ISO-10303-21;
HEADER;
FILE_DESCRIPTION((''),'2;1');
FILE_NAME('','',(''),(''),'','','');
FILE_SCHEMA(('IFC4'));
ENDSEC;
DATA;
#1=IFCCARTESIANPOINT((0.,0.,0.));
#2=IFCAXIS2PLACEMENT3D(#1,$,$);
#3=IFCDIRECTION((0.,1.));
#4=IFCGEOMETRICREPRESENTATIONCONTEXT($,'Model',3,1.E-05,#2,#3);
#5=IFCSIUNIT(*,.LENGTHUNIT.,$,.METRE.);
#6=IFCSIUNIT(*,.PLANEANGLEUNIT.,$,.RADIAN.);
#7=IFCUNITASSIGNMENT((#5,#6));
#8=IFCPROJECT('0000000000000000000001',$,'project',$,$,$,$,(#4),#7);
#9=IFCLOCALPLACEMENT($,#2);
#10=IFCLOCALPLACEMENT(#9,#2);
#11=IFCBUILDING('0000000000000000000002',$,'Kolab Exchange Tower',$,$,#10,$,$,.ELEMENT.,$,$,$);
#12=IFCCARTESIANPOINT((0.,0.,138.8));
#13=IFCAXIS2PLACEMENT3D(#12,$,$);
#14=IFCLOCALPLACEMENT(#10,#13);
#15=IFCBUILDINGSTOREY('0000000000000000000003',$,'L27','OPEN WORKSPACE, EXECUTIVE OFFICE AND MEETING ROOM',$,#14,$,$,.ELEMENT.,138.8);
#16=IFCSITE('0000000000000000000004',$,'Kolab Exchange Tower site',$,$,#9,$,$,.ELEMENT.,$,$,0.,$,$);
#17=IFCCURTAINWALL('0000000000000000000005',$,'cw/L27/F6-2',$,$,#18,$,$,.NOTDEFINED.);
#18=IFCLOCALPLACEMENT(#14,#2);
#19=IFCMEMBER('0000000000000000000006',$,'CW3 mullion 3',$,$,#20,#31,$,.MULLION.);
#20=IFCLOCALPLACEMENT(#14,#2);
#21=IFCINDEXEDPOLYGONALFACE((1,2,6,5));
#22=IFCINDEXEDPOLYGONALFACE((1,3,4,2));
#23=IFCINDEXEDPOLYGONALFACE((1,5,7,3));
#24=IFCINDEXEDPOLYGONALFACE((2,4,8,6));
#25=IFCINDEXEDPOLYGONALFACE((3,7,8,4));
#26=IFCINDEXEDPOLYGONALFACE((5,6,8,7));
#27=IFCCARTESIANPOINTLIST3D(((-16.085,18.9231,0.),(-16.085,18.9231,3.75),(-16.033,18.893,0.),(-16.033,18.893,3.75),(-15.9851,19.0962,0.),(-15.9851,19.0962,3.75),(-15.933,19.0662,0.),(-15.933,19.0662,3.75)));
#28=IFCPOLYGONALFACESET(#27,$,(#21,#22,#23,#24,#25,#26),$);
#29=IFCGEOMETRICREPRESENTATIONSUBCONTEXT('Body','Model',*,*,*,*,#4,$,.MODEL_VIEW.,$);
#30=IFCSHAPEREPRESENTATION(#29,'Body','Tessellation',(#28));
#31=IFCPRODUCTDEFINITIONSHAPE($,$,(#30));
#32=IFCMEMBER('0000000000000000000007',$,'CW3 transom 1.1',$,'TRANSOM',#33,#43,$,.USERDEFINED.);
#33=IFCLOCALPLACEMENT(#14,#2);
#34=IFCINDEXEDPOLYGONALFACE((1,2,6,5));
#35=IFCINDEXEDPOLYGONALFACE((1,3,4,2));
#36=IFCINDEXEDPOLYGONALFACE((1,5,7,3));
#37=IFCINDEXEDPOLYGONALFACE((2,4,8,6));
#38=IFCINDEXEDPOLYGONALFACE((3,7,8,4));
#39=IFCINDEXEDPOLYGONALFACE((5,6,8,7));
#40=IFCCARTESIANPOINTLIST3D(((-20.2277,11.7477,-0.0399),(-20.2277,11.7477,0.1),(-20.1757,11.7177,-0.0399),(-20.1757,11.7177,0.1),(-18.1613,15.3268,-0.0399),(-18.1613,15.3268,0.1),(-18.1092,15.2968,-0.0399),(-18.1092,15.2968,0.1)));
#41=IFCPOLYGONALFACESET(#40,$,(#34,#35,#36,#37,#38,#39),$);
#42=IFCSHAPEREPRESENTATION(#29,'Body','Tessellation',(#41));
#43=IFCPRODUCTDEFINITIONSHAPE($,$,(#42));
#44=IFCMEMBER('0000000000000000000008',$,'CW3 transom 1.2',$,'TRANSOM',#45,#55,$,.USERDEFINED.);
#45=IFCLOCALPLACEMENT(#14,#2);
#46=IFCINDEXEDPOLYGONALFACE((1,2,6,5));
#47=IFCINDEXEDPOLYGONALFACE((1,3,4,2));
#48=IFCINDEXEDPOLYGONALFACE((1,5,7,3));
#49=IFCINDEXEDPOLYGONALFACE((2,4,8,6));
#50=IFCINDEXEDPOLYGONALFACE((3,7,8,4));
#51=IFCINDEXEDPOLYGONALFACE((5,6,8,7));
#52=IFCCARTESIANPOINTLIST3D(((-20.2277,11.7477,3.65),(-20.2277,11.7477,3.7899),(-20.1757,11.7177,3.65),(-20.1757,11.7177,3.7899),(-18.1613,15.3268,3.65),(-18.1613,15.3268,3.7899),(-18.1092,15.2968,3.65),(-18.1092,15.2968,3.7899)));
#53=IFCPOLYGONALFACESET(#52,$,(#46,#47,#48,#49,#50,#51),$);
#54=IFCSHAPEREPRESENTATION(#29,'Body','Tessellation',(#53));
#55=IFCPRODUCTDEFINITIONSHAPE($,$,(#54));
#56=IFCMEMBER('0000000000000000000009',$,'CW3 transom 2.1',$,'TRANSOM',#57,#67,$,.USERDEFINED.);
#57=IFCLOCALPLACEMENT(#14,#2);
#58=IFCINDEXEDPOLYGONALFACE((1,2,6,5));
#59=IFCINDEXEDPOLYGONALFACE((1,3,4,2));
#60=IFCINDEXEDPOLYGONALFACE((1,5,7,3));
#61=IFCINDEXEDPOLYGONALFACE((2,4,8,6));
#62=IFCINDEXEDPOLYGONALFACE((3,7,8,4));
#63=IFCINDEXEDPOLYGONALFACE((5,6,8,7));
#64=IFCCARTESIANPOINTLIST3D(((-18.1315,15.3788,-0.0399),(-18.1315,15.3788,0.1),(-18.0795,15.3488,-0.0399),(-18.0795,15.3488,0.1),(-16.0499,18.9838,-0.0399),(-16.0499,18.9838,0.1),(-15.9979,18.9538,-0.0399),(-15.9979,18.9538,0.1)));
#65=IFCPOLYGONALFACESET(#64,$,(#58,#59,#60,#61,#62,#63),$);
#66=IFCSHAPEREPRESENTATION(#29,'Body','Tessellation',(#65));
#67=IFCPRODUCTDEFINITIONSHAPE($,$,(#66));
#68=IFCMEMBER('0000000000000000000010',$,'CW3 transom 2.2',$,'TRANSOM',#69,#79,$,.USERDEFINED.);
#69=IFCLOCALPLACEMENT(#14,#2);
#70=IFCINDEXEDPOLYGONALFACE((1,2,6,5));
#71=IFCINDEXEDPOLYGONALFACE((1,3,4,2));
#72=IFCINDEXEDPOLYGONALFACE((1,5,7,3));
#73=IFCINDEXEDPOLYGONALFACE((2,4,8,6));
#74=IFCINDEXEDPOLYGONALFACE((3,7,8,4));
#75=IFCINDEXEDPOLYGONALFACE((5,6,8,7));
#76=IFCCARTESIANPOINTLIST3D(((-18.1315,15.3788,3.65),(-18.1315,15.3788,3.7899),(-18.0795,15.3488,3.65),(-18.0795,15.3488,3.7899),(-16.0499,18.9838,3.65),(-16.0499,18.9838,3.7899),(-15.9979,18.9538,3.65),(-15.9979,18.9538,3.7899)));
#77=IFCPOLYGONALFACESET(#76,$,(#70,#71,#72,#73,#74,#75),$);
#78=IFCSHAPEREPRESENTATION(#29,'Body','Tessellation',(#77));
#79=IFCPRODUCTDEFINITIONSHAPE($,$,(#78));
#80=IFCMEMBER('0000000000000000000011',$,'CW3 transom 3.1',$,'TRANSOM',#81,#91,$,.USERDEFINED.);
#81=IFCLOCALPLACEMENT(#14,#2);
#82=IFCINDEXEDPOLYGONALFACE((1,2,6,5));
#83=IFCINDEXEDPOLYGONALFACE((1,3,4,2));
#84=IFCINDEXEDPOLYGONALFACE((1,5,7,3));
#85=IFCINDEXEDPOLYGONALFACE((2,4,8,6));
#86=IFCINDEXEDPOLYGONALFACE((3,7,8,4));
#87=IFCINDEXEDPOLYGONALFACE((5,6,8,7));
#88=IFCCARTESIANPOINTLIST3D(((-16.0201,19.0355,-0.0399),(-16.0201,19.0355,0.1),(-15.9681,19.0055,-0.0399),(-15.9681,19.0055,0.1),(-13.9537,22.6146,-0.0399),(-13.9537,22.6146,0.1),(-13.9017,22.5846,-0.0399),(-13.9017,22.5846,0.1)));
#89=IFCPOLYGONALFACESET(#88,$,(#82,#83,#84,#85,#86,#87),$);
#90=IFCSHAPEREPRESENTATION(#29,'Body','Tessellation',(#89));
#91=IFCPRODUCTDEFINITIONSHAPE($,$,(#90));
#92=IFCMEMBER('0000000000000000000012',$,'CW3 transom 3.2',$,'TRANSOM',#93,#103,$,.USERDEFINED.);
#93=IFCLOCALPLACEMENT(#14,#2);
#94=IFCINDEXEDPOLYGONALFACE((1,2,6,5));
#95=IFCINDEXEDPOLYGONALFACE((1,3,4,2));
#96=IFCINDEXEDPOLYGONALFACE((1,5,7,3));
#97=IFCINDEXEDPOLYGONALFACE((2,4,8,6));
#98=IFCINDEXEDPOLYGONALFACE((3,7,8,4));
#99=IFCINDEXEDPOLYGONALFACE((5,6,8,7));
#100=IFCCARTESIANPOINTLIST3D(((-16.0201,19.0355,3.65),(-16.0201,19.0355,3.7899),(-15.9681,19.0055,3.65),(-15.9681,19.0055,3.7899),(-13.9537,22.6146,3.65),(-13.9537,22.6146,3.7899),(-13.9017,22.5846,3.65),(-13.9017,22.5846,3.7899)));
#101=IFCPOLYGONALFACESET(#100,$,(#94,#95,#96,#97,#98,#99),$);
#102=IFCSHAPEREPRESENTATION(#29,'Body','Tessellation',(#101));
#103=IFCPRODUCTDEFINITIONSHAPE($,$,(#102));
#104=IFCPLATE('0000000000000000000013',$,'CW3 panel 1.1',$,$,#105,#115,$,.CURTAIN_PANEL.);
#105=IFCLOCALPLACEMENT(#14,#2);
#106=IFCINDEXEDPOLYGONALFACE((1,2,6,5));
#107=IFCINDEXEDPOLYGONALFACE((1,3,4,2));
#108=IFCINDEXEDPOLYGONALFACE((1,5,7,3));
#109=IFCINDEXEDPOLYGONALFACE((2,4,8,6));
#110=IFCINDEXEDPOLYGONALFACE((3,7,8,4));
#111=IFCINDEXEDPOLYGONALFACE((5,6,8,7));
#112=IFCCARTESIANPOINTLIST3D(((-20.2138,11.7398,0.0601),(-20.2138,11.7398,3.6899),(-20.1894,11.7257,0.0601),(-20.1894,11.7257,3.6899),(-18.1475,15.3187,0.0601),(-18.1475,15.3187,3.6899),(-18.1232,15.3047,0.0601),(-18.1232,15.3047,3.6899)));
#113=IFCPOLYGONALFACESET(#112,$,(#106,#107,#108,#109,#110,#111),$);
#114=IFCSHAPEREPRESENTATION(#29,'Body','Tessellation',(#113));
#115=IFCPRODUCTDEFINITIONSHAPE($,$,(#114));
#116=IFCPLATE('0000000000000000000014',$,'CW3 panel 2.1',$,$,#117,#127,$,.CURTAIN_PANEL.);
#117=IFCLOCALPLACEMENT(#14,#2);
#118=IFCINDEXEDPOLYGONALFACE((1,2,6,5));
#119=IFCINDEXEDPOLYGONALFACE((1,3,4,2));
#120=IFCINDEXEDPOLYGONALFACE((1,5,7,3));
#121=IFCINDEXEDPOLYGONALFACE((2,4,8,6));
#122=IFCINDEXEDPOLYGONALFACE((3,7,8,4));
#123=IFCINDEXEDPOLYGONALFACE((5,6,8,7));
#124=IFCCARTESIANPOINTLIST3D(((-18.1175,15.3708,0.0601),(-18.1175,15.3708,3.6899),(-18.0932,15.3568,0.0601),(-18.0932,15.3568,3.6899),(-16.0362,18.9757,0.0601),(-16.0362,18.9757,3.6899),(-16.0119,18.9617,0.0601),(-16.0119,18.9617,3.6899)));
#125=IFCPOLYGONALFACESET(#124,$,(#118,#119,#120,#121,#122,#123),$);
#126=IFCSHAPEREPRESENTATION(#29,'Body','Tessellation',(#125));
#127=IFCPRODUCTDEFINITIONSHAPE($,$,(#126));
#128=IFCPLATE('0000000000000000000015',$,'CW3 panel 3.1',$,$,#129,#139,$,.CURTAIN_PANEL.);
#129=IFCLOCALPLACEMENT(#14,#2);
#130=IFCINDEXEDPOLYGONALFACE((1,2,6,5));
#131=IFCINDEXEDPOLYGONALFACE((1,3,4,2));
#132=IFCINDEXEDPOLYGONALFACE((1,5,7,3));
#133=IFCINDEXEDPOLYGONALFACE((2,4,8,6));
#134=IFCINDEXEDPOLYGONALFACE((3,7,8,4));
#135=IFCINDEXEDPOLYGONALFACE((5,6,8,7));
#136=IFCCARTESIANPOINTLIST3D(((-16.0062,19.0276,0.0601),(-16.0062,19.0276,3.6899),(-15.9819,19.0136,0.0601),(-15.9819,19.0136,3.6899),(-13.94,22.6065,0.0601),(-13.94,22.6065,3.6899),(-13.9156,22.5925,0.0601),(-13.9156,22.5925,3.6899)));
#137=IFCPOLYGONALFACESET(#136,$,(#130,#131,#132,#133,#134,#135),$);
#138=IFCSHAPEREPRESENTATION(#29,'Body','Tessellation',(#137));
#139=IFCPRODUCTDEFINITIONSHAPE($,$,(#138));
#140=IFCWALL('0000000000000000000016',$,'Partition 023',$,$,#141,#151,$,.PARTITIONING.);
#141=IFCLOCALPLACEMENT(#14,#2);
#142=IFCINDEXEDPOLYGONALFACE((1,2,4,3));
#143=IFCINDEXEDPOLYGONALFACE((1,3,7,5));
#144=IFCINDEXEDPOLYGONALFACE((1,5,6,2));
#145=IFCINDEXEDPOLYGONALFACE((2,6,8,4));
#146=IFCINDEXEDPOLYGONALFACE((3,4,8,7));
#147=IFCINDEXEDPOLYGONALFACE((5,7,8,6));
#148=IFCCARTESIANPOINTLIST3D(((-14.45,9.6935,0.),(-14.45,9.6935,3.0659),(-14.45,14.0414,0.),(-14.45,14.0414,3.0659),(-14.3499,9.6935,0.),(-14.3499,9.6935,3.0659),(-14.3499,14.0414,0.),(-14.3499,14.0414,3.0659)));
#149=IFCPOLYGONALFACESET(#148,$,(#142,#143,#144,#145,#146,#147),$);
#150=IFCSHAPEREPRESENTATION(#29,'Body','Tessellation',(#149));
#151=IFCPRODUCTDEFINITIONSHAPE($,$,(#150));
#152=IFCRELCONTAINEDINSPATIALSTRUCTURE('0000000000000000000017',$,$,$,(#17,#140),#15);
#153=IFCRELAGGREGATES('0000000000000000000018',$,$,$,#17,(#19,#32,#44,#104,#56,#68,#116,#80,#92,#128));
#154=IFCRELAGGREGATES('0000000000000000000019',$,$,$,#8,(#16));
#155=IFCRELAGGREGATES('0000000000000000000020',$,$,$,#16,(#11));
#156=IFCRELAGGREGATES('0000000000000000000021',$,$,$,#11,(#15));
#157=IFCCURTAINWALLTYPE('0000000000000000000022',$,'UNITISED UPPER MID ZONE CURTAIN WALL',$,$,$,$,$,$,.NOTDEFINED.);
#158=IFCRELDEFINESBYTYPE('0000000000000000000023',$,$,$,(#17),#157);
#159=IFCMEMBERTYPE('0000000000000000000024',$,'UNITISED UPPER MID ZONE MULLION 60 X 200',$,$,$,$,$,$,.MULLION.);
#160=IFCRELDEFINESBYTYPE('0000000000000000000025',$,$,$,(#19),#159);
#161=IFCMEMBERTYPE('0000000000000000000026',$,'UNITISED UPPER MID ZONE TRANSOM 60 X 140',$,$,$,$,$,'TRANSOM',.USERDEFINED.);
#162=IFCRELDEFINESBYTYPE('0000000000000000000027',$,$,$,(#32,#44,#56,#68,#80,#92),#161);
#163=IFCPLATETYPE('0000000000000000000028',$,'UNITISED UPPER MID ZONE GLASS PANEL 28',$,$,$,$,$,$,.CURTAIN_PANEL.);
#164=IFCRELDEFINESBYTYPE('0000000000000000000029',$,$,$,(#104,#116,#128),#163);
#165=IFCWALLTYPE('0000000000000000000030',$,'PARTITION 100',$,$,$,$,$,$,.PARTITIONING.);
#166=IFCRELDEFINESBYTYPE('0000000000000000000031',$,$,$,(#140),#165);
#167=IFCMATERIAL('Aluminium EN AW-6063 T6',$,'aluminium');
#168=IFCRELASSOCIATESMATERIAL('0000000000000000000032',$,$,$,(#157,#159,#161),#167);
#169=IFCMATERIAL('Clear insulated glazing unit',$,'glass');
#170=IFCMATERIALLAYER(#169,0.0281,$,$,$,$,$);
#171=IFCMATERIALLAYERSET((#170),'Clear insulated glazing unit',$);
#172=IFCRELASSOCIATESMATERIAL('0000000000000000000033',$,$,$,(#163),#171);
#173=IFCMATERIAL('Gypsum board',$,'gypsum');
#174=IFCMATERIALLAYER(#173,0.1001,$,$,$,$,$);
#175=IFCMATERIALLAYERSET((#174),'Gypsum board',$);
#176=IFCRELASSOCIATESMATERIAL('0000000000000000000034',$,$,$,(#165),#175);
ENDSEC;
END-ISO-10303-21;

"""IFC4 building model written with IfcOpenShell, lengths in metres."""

from ifc_helpers import new_model, si_unit, direction, frame, frame_2d, origin, origin_2d, place, context, subcontext, project, spatial, rectangle, extrude, material, layer, layer_set, material_profile, profile_set, type_object, element, aggregate, save


model = new_model("IFC4")

# Units and contexts
model_context = context("Model", 3, precision=1e-05, world=origin(), true_north=direction((0.0, 1.0)))
body_context = subcontext(model_context, "Body", "Model", "MODEL_VIEW")
ifc_project = project(units=[si_unit("LENGTHUNIT", "METRE"), si_unit("PLANEANGLEUNIT", "RADIAN")], contexts=[model_context])

# Site, building, storey
site_placement = place(None, origin())
site = spatial("IfcSite", under=ifc_project, at=site_placement, Name="Kolab Exchange Tower site", CompositionType="ELEMENT", RefElevation=0.0)
building_placement = place(site_placement, origin())
building = spatial("IfcBuilding", under=site, at=building_placement, Name="Kolab Exchange Tower", CompositionType="ELEMENT")
storey_placement = place(building_placement, frame((0.0, 0.0, 138.8)))
storey = spatial("IfcBuildingStorey", under=building, at=storey_placement, Name="L27", Description="OPEN WORKSPACE, EXECUTIVE OFFICE AND MEETING ROOM", CompositionType="ELEMENT", Elevation=138.8)

# Curtain wall, members, plates
ifc_material_1 = material(Name="Aluminium EN AW-6063 T6", Category="aluminium")
curtain_wall_type = type_object("IfcCurtainWallType", Name="UNITISED UPPER MID ZONE CURTAIN WALL", PredefinedType="NOTDEFINED", material=ifc_material_1)
curtain_wall_placement = place(storey_placement, origin())
curtain_wall = element("IfcCurtainWall", 1, at=curtain_wall_placement, inside=storey, type_object=curtain_wall_type, Name="cw/L27/F6-2", PredefinedType="NOTDEFINED")
ifc_material_profile_1 = material_profile(ifc_material_1, rectangle(XDim=0.0601, YDim=0.2, at=origin_2d()), Name="RECT 60X200")
ifc_profile_set_1 = profile_set([ifc_material_profile_1], Name="Aluminium EN AW-6063 T6")
member_type_1 = type_object("IfcMemberType", Name="UNITISED UPPER MID ZONE MULLION 60 X 200", PredefinedType="MULLION", material=ifc_profile_set_1)
member_1_placement = place(storey_placement, frame((-16.009, 18.9946, 0.0), z_axis=(0.0, 0.0, 1.0), x_axis=(-0.866025, 0.5, 0.0)))
member_1 = element("IfcMember", 2, at=member_1_placement, type_object=member_type_1, Name="CW3 mullion 3", PredefinedType="MULLION", context=body_context, shape_type="SweptSolid", body=[
    extrude(rectangle(XDim=0.0601, YDim=0.2, at=origin_2d()), origin(), (0.0, 0.0, 1.0), 3.75),
])
ifc_material_profile_2 = material_profile(ifc_material_1, rectangle(XDim=0.0601, YDim=0.1399, at=origin_2d()), Name="RECT 60X140")
ifc_profile_set_2 = profile_set([ifc_material_profile_2], Name="Aluminium EN AW-6063 T6")
member_type_2 = type_object("IfcMemberType", Name="UNITISED UPPER MID ZONE TRANSOM 60 X 140", ElementType="TRANSOM", PredefinedType="USERDEFINED", material=ifc_profile_set_2)
member_2_placement = place(storey_placement, frame((-20.2017, 11.7327, 0.03), z_axis=(0.500002, 0.866024, 0.0), x_axis=(-0.866024, 0.500002, 0.0)))
member_2 = element("IfcMember", 3, at=member_2_placement, type_object=member_type_2, Name="CW3 transom 1.1", ObjectType="TRANSOM", PredefinedType="USERDEFINED", context=body_context, shape_type="SweptSolid", body=[
    extrude(rectangle(XDim=0.0601, YDim=0.1399, at=origin_2d()), origin(), (0.0, 0.0, 1.0), 4.1328),
])
member_3_placement = place(storey_placement, frame((-20.2017, 11.7327, 3.72), z_axis=(0.500002, 0.866024, 0.0), x_axis=(-0.866024, 0.500002, 0.0)))
member_3 = element("IfcMember", 4, at=member_3_placement, type_object=member_type_2, Name="CW3 transom 1.2", ObjectType="TRANSOM", PredefinedType="USERDEFINED", context=body_context, shape_type="SweptSolid", body=[
    extrude(rectangle(XDim=0.0601, YDim=0.1399, at=origin_2d()), origin(), (0.0, 0.0, 1.0), 4.1328),
])
member_4_placement = place(storey_placement, frame((-18.1055, 15.3638, 0.03), z_axis=(0.500037, 0.866004, 0.0), x_axis=(-0.866004, 0.500037, 0.0)))
member_4 = element("IfcMember", 5, at=member_4_placement, type_object=member_type_2, Name="CW3 transom 2.1", ObjectType="TRANSOM", PredefinedType="USERDEFINED", context=body_context, shape_type="SweptSolid", body=[
    extrude(rectangle(XDim=0.0601, YDim=0.1399, at=origin_2d()), origin(), (0.0, 0.0, 1.0), 4.1628),
])
member_5_placement = place(storey_placement, frame((-18.1055, 15.3638, 3.72), z_axis=(0.500037, 0.866004, 0.0), x_axis=(-0.866004, 0.500037, 0.0)))
member_5 = element("IfcMember", 6, at=member_5_placement, type_object=member_type_2, Name="CW3 transom 2.2", ObjectType="TRANSOM", PredefinedType="USERDEFINED", context=body_context, shape_type="SweptSolid", body=[
    extrude(rectangle(XDim=0.0601, YDim=0.1399, at=origin_2d()), origin(), (0.0, 0.0, 1.0), 4.1628),
])
member_6_placement = place(storey_placement, frame((-15.9941, 19.0205, 0.03), z_axis=(0.500002, 0.866024, 0.0), x_axis=(-0.866024, 0.500002, 0.0)))
member_6 = element("IfcMember", 7, at=member_6_placement, type_object=member_type_2, Name="CW3 transom 3.1", ObjectType="TRANSOM", PredefinedType="USERDEFINED", context=body_context, shape_type="SweptSolid", body=[
    extrude(rectangle(XDim=0.0601, YDim=0.1399, at=origin_2d()), origin(), (0.0, 0.0, 1.0), 4.1328),
])
member_7_placement = place(storey_placement, frame((-15.9941, 19.0205, 3.72), z_axis=(0.500002, 0.866024, 0.0), x_axis=(-0.866024, 0.500002, 0.0)))
member_7 = element("IfcMember", 8, at=member_7_placement, type_object=member_type_2, Name="CW3 transom 3.2", ObjectType="TRANSOM", PredefinedType="USERDEFINED", context=body_context, shape_type="SweptSolid", body=[
    extrude(rectangle(XDim=0.0601, YDim=0.1399, at=origin_2d()), origin(), (0.0, 0.0, 1.0), 4.1328),
])
ifc_material_2 = material(Name="Clear insulated glazing unit", Category="glass")
ifc_layer_1 = layer(ifc_material_2, 0.0281)
ifc_layer_set_1 = layer_set([ifc_layer_1], Name="Clear insulated glazing unit")
plate_type = type_object("IfcPlateType", Name="UNITISED UPPER MID ZONE GLASS PANEL 28", PredefinedType="CURTAIN_PANEL", material=ifc_layer_set_1)
plate_1_placement = place(storey_placement, frame((-19.1685, 13.5222, 0.0601), z_axis=(0.0, 0.0, 1.0), x_axis=(0.5, 0.866025, 0.0)))
plate_1 = element("IfcPlate", 9, at=plate_1_placement, type_object=plate_type, Name="CW3 panel 1.1", PredefinedType="CURTAIN_PANEL", context=body_context, shape_type="SweptSolid", body=[
    extrude(rectangle(XDim=4.1326, YDim=0.0281, at=origin_2d()), origin(), (0.0, 0.0, 1.0), 3.6299),
])
plate_2_placement = place(storey_placement, frame((-17.0647, 17.1663, 0.0601), z_axis=(0.0, 0.0, 1.0), x_axis=(0.5, 0.866025, 0.0)))
plate_2 = element("IfcPlate", 10, at=plate_2_placement, type_object=plate_type, Name="CW3 panel 2.1", PredefinedType="CURTAIN_PANEL", context=body_context, shape_type="SweptSolid", body=[
    extrude(rectangle(XDim=4.1626, YDim=0.0281, at=origin_2d()), origin(), (0.0, 0.0, 1.0), 3.6299),
])
plate_3_placement = place(storey_placement, frame((-14.9609, 20.8101, 0.0601), z_axis=(0.0, 0.0, 1.0), x_axis=(0.5, 0.866025, 0.0)))
plate_3 = element("IfcPlate", 11, at=plate_3_placement, type_object=plate_type, Name="CW3 panel 3.1", PredefinedType="CURTAIN_PANEL", context=body_context, shape_type="SweptSolid", body=[
    extrude(rectangle(XDim=4.1326, YDim=0.0281, at=origin_2d()), origin(), (0.0, 0.0, 1.0), 3.6299),
])
aggregate(curtain_wall, [member_1, member_2, member_3, plate_1, member_4, member_5, plate_2, member_6, member_7, plate_3])

# Wall
ifc_material_3 = material(Name="Gypsum board", Category="gypsum")
ifc_layer_2 = layer(ifc_material_3, 0.1001)
ifc_layer_set_2 = layer_set([ifc_layer_2], Name="Gypsum board")
wall_type_1 = type_object("IfcWallType", Name="PARTITION 100", PredefinedType="PARTITIONING", material=ifc_layer_set_2)
wall_1_placement = place(storey_placement, frame((-14.3999, 9.6936, 0.0), z_axis=(0.0, 0.0, 1.0), x_axis=(0.0, 1.0, 0.0)))
element("IfcWall", 12, at=wall_1_placement, inside=storey, type_object=wall_type_1, Name="Partition 023", PredefinedType="PARTITIONING", context=body_context, shape_type="SweptSolid", body=[
    extrude(rectangle(XDim=4.3479, YDim=0.1001, at=frame_2d((2.1738, 0.0))), origin(), (0.0, 0.0, 1.0), 3.0659),
])

save(model, "model.ifc")
